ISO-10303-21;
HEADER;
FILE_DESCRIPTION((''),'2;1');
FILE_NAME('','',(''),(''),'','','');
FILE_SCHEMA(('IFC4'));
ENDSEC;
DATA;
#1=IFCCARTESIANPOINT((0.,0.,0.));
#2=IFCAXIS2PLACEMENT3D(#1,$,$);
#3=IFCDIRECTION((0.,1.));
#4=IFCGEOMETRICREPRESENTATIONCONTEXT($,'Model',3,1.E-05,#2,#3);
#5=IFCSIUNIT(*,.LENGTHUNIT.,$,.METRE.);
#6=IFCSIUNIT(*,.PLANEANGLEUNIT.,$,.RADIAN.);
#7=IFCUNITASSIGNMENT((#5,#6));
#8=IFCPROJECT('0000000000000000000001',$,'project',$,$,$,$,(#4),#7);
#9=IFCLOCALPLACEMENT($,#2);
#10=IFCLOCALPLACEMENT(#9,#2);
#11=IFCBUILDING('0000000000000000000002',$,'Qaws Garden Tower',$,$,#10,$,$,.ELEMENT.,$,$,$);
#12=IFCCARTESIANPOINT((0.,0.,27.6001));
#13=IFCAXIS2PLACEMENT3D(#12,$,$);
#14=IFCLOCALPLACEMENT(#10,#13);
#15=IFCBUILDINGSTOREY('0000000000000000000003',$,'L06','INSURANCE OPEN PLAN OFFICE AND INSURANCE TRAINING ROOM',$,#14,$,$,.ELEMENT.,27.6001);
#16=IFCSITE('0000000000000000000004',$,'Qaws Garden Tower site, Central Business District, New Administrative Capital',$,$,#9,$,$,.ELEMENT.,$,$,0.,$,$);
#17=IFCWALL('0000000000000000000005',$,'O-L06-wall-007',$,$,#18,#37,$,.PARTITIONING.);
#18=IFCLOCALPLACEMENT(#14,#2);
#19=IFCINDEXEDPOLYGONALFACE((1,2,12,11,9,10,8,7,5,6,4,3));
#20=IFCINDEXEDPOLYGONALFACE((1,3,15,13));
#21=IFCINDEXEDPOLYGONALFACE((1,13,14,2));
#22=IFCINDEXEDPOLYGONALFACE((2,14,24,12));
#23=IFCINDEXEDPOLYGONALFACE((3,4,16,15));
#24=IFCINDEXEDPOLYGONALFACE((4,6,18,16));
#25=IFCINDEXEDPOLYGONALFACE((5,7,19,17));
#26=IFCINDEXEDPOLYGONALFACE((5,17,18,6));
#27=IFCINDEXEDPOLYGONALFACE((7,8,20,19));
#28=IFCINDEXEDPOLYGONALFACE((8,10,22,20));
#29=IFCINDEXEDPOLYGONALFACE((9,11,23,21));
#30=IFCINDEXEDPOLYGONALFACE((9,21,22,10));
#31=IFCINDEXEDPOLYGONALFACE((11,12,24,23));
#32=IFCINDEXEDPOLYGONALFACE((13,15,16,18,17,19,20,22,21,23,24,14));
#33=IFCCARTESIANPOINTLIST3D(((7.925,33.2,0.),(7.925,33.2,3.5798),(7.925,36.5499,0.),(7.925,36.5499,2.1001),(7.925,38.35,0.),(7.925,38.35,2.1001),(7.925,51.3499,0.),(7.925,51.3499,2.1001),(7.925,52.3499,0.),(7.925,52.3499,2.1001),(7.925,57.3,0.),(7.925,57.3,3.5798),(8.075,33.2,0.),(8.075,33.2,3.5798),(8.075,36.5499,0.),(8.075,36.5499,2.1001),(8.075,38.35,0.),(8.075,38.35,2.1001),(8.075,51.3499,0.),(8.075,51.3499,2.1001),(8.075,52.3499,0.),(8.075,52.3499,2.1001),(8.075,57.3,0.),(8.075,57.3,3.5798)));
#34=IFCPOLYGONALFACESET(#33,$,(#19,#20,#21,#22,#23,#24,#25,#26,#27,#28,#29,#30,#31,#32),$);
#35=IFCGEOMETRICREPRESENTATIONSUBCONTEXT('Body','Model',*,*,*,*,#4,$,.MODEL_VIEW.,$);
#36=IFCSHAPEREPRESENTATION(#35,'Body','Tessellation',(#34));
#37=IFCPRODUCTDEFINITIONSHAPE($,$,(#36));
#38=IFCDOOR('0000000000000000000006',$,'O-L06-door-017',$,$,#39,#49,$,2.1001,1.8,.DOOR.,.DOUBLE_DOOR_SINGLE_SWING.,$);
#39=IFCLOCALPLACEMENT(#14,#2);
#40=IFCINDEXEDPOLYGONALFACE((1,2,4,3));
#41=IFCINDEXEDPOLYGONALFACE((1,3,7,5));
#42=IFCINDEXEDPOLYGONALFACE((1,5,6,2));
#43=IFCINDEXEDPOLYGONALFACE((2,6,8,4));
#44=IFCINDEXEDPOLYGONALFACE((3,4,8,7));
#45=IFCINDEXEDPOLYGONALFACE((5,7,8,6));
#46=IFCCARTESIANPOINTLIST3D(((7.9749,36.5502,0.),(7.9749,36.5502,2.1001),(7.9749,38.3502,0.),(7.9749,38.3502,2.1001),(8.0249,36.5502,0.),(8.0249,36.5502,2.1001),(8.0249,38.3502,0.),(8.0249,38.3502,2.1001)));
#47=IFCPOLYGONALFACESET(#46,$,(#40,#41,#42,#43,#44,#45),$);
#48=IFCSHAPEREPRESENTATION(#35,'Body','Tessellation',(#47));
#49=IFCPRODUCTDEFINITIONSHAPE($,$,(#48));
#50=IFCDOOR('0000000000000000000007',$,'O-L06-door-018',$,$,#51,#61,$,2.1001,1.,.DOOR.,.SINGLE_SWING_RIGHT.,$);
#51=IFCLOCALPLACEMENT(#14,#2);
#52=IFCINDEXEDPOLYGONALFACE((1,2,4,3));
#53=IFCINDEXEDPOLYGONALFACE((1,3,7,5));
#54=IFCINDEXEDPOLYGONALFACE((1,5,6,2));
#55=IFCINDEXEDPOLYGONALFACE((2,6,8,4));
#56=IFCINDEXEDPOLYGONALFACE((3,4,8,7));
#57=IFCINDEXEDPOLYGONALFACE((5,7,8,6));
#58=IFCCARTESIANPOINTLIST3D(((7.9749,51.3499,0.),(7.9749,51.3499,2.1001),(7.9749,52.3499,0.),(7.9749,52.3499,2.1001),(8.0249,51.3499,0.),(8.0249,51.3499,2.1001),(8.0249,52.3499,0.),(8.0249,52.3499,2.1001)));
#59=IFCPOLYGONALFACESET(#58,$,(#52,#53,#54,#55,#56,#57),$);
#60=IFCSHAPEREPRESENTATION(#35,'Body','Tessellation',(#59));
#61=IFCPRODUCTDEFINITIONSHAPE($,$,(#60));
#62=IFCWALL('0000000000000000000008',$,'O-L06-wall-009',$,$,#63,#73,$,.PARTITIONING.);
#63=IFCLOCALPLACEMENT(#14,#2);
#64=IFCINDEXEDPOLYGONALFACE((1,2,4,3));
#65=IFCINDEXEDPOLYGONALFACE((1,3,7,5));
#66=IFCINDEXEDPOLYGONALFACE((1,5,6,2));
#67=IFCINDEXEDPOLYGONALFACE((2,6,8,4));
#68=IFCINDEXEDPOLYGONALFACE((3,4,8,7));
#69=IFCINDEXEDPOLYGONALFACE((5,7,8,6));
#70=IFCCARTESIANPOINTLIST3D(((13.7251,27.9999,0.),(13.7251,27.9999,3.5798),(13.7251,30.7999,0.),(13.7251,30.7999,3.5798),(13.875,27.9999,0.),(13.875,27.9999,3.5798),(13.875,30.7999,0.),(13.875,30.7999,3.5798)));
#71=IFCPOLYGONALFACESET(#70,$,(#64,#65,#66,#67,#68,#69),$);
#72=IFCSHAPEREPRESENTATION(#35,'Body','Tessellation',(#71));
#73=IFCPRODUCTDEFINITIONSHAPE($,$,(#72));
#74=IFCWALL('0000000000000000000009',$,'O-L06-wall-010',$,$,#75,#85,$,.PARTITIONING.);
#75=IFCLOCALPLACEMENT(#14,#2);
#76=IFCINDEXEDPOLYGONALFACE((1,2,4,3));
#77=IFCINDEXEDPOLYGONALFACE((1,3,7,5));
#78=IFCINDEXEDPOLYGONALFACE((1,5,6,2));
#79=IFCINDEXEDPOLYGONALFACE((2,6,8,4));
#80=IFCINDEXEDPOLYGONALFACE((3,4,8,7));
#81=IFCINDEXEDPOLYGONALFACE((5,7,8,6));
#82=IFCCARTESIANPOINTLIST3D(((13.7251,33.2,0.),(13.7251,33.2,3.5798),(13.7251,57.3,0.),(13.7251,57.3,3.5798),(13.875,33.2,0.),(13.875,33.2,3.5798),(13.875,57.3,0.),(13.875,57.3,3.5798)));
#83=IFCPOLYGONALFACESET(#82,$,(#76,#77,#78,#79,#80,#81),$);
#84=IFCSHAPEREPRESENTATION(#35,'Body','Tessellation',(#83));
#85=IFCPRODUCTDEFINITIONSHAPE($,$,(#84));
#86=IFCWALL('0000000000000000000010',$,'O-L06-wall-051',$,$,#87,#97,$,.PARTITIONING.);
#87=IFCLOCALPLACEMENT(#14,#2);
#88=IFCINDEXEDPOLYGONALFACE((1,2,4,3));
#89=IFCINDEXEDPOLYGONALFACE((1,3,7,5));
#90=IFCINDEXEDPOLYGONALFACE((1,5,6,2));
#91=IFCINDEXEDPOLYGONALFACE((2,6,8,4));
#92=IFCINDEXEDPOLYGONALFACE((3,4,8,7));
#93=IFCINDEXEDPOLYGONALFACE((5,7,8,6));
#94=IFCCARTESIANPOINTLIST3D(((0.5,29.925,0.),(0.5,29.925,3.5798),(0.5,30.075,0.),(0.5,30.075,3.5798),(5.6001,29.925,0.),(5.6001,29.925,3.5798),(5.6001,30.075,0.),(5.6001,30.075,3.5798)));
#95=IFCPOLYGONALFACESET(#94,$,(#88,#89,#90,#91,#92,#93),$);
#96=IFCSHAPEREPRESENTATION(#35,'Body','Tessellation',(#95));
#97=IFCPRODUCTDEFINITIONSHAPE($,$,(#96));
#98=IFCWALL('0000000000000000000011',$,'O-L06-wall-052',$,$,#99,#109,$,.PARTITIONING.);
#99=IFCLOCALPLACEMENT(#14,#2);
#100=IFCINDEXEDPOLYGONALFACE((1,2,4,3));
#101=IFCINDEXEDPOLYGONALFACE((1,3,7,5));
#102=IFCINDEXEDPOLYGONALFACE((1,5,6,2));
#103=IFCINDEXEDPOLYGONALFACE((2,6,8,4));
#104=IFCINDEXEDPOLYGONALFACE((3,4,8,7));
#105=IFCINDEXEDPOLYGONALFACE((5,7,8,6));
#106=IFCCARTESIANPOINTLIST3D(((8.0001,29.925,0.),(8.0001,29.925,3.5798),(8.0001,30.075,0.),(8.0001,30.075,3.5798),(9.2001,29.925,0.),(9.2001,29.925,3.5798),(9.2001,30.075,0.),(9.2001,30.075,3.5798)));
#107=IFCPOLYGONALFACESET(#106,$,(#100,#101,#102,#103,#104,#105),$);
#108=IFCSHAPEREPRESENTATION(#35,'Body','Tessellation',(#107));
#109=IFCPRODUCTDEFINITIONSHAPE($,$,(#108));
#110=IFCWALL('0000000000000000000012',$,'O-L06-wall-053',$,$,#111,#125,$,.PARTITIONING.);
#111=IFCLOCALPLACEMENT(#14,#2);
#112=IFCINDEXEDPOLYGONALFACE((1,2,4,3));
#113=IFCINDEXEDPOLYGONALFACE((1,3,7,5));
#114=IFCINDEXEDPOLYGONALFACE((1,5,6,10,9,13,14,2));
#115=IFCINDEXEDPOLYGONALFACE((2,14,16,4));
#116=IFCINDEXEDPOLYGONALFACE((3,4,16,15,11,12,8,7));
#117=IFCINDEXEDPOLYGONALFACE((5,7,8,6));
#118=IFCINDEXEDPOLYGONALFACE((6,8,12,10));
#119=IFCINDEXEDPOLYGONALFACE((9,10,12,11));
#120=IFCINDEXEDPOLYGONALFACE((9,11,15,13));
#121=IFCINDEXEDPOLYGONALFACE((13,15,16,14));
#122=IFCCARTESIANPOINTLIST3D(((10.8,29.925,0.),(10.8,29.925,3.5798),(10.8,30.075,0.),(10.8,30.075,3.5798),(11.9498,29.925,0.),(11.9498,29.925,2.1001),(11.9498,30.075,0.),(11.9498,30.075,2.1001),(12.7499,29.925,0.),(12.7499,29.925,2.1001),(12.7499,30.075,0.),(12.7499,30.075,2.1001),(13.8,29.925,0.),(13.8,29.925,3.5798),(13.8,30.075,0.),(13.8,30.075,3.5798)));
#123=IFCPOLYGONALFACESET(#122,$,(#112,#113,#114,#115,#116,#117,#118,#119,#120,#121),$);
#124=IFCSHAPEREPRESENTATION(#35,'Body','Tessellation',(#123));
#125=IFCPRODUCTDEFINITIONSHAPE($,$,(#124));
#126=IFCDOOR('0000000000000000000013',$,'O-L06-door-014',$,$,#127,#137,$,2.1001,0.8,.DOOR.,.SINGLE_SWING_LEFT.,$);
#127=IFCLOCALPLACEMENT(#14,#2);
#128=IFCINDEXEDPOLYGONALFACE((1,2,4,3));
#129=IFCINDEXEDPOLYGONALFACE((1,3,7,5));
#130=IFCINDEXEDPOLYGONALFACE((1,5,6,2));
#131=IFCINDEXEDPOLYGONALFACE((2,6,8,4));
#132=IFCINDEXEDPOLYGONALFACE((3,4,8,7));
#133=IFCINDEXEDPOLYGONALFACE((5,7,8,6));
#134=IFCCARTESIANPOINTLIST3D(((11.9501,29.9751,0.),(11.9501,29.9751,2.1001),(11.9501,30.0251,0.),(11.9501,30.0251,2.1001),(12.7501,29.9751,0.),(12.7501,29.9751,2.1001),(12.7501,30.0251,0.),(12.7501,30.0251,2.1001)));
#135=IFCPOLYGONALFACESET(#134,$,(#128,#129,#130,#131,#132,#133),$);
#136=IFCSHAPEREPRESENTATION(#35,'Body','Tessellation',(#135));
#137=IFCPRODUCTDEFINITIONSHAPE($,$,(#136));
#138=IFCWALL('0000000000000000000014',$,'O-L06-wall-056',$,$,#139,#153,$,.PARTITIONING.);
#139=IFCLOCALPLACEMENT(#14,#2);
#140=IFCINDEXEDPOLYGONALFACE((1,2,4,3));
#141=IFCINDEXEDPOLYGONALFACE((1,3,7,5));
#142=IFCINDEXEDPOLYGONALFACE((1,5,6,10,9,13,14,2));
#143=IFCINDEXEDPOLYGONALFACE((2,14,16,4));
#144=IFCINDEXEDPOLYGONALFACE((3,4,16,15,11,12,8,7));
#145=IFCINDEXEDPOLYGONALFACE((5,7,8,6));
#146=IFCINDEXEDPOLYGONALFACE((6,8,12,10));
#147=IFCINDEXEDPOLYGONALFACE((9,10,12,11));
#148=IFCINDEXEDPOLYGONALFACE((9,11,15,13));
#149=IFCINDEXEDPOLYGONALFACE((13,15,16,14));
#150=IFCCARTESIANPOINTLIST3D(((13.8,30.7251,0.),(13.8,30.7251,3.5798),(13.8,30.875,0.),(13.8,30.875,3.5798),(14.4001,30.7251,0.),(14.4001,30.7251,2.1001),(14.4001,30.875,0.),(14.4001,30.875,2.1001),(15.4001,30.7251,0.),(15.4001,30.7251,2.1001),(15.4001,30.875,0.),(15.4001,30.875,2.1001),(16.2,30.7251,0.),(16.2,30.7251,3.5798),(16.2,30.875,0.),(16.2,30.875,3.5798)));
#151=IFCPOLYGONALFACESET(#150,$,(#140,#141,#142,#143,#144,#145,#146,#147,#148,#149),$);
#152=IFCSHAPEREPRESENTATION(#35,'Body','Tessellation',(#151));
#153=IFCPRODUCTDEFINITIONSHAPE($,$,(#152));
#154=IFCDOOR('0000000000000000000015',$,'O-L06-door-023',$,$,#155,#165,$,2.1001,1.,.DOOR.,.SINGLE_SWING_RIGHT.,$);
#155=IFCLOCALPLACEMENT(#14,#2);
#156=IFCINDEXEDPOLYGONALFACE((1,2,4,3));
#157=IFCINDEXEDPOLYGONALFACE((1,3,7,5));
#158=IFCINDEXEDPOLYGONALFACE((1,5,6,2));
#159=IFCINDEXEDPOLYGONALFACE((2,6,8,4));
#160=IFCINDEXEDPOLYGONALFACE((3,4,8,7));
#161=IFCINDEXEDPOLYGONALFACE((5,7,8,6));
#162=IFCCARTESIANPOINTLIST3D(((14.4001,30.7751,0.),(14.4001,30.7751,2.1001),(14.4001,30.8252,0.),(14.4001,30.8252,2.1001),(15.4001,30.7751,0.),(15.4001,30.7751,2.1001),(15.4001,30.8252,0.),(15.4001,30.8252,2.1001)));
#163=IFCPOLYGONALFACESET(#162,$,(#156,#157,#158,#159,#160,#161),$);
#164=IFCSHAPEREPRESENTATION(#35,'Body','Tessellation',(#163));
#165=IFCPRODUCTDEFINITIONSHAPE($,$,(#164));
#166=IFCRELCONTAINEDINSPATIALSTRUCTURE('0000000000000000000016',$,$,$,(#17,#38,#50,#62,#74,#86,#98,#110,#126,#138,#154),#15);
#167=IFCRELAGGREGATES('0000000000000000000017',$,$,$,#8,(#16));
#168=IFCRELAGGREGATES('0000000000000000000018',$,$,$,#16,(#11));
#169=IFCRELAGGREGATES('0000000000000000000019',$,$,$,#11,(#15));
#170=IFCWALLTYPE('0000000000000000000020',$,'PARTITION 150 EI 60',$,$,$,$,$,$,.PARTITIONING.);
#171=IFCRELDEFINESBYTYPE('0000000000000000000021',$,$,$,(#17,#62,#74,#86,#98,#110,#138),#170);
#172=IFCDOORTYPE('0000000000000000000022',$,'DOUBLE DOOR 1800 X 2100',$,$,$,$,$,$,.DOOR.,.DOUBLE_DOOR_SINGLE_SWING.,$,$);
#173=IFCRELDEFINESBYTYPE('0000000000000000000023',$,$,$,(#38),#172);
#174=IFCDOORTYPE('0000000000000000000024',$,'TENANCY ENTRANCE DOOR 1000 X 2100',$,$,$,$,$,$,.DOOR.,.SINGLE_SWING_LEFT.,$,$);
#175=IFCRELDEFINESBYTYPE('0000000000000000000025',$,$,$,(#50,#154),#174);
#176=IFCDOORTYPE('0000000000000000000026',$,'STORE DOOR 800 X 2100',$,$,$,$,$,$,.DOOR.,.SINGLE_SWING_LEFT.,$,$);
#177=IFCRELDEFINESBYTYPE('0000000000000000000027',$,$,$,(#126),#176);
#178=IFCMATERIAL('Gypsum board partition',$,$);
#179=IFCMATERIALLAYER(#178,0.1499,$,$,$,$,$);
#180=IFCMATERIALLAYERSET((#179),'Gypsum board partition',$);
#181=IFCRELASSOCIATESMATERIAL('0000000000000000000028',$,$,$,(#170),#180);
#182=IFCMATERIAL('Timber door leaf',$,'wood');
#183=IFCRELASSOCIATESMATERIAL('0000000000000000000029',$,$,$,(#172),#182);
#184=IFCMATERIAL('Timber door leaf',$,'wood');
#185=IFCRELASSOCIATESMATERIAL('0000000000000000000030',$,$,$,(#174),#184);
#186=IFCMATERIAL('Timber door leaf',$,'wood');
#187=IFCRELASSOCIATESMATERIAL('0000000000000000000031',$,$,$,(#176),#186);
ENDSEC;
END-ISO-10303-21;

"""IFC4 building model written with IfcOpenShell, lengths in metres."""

from ifc_helpers import new_model, si_unit, direction, frame, frame_2d, origin, place, context, subcontext, project, spatial, rectangle, extrude, material, layer, layer_set, type_object, element, fill, save


model = new_model("IFC4")

# Units and contexts
model_context = context("Model", 3, precision=1e-05, world=origin(), true_north=direction((0.0, 1.0)))
body_context = subcontext(model_context, "Body", "Model", "MODEL_VIEW")
ifc_project = project(units=[si_unit("LENGTHUNIT", "METRE"), si_unit("PLANEANGLEUNIT", "RADIAN")], contexts=[model_context])

# Site, building, storey
site_placement = place(None, origin())
site = spatial("IfcSite", under=ifc_project, at=site_placement, Name="Qaws Garden Tower site, Central Business District, New Administrative Capital", CompositionType="ELEMENT", RefElevation=0.0)
building_placement = place(site_placement, origin())
building = spatial("IfcBuilding", under=site, at=building_placement, Name="Qaws Garden Tower", CompositionType="ELEMENT")
storey_placement = place(building_placement, frame((0.0, 0.0, 27.6001)))
storey = spatial("IfcBuildingStorey", under=building, at=storey_placement, Name="L06", Description="INSURANCE OPEN PLAN OFFICE AND INSURANCE TRAINING ROOM", CompositionType="ELEMENT", Elevation=27.6001)

# Wall, openings, doors
ifc_material_1 = material(Name="Gypsum board partition")
ifc_layer_1 = layer(ifc_material_1, 0.1499)
ifc_layer_set_1 = layer_set([ifc_layer_1], Name="Gypsum board partition")
wall_type_1 = type_object("IfcWallType", Name="PARTITION 150 EI 60", PredefinedType="PARTITIONING", material=ifc_layer_set_1)
wall_1_placement = place(storey_placement, frame((8.0, 33.2, 0.0), z_axis=(0.0, 0.0, 1.0), x_axis=(0.0, 1.0, 0.0)))
wall_1 = element("IfcWall", 1, at=wall_1_placement, inside=storey, type_object=wall_type_1, Name="O-L06-wall-007", PredefinedType="PARTITIONING", context=body_context, shape_type="SweptSolid", body=[
    extrude(rectangle(XDim=24.1001, YDim=0.1499, at=frame_2d((12.05, 0.0))), origin(), (0.0, 0.0, 1.0), 3.5798),
])
opening_1_placement = place(wall_1_placement, frame((3.3501, 0.0, 0.0)))
opening_1 = element("IfcOpeningElement", 2, at=opening_1_placement, cuts=wall_1, PredefinedType="OPENING", context=body_context, shape_type="SweptSolid", body=[
    extrude(rectangle(XDim=1.8, YDim=2.1001, at=frame_2d((0.8999, 1.05))), frame((0.0, 0.085, 0.0), z_axis=(0.0, -1.0, 0.0), x_axis=(1.0, 0.0, 0.0)), (0.0, 0.0, 1.0), 0.1699),
])
opening_2_placement = place(wall_1_placement, frame((18.1499, 0.0, 0.0)))
opening_2 = element("IfcOpeningElement", 3, at=opening_2_placement, cuts=wall_1, PredefinedType="OPENING", context=body_context, shape_type="SweptSolid", body=[
    extrude(rectangle(XDim=1.0, YDim=2.1001, at=frame_2d((0.5, 1.05))), frame((0.0, 0.085, 0.0), z_axis=(0.0, -1.0, 0.0), x_axis=(1.0, 0.0, 0.0)), (0.0, 0.0, 1.0), 0.1699),
])
ifc_material_2 = material(Name="Timber door leaf", Category="wood")
door_type_1 = type_object("IfcDoorType", Name="DOUBLE DOOR 1800 X 2100", OperationType="DOUBLE_DOOR_SINGLE_SWING", PredefinedType="DOOR", material=ifc_material_2)
door_1_placement = place(opening_1_placement, frame((1.8, 0.0, 0.0), z_axis=(0.0, 0.0, 1.0), x_axis=(-1.0, 0.0, 0.0)))
door_1 = element("IfcDoor", 4, at=door_1_placement, inside=storey, type_object=door_type_1, Name="O-L06-door-017", OperationType="DOUBLE_DOOR_SINGLE_SWING", OverallHeight=2.1001, OverallWidth=1.8, PredefinedType="DOOR", context=body_context, shape_type="SweptSolid", body=[
    extrude(rectangle(XDim=1.8, YDim=2.1001, at=frame_2d((0.8999, 1.05))), frame((0.0, 0.0249, 0.0), z_axis=(0.0, -1.0, 0.0), x_axis=(1.0, 0.0, 0.0)), (0.0, 0.0, 1.0), 0.05),
])
fill(opening_1, door_1)
ifc_material_3 = material(Name="Timber door leaf", Category="wood")
door_type_2 = type_object("IfcDoorType", Name="TENANCY ENTRANCE DOOR 1000 X 2100", OperationType="SINGLE_SWING_LEFT", PredefinedType="DOOR", material=ifc_material_3)
door_2_placement = place(opening_2_placement, frame((1.0, 0.0, 0.0), z_axis=(0.0, 0.0, 1.0), x_axis=(-1.0, 0.0, 0.0)))
door_2 = element("IfcDoor", 5, at=door_2_placement, inside=storey, type_object=door_type_2, Name="O-L06-door-018", OperationType="SINGLE_SWING_RIGHT", OverallHeight=2.1001, OverallWidth=1.0, PredefinedType="DOOR", context=body_context, shape_type="SweptSolid", body=[
    extrude(rectangle(XDim=1.0, YDim=2.1001, at=frame_2d((0.5, 1.05))), frame((0.0, 0.0249, 0.0), z_axis=(0.0, -1.0, 0.0), x_axis=(1.0, 0.0, 0.0)), (0.0, 0.0, 1.0), 0.05),
])
fill(opening_2, door_2)

# Walls
wall_2_placement = place(storey_placement, frame((13.8, 28.0, 0.0), z_axis=(0.0, 0.0, 1.0), x_axis=(0.0, 1.0, 0.0)))
element("IfcWall", 6, at=wall_2_placement, inside=storey, type_object=wall_type_1, Name="O-L06-wall-009", PredefinedType="PARTITIONING", context=body_context, shape_type="SweptSolid", body=[
    extrude(rectangle(XDim=2.8, YDim=0.1499, at=frame_2d((1.3999, 0.0))), origin(), (0.0, 0.0, 1.0), 3.5798),
])
wall_3_placement = place(storey_placement, frame((13.8, 33.2, 0.0), z_axis=(0.0, 0.0, 1.0), x_axis=(0.0, 1.0, 0.0)))
element("IfcWall", 7, at=wall_3_placement, inside=storey, type_object=wall_type_1, Name="O-L06-wall-010", PredefinedType="PARTITIONING", context=body_context, shape_type="SweptSolid", body=[
    extrude(rectangle(XDim=24.1001, YDim=0.1499, at=frame_2d((12.05, 0.0))), origin(), (0.0, 0.0, 1.0), 3.5798),
])
wall_4_placement = place(storey_placement, frame((0.5, 30.0, 0.0), z_axis=(0.0, 0.0, 1.0), x_axis=(1.0, 0.0, 0.0)))
element("IfcWall", 8, at=wall_4_placement, inside=storey, type_object=wall_type_1, Name="O-L06-wall-051", PredefinedType="PARTITIONING", context=body_context, shape_type="SweptSolid", body=[
    extrude(rectangle(XDim=5.1001, YDim=0.1499, at=frame_2d((2.55, 0.0))), origin(), (0.0, 0.0, 1.0), 3.5798),
])
wall_5_placement = place(storey_placement, frame((8.0, 30.0, 0.0), z_axis=(0.0, 0.0, 1.0), x_axis=(1.0, 0.0, 0.0)))
element("IfcWall", 9, at=wall_5_placement, inside=storey, type_object=wall_type_1, Name="O-L06-wall-052", PredefinedType="PARTITIONING", context=body_context, shape_type="SweptSolid", body=[
    extrude(rectangle(XDim=1.2, YDim=0.1499, at=frame_2d((0.6001, 0.0))), origin(), (0.0, 0.0, 1.0), 3.5798),
])

# Walls, openings, doors
wall_6_placement = place(storey_placement, frame((10.8, 30.0, 0.0), z_axis=(0.0, 0.0, 1.0), x_axis=(1.0, 0.0, 0.0)))
wall_6 = element("IfcWall", 10, at=wall_6_placement, inside=storey, type_object=wall_type_1, Name="O-L06-wall-053", PredefinedType="PARTITIONING", context=body_context, shape_type="SweptSolid", body=[
    extrude(rectangle(XDim=3.0, YDim=0.1499, at=frame_2d((1.5, 0.0))), origin(), (0.0, 0.0, 1.0), 3.5798),
])
opening_3_placement = place(wall_6_placement, frame((1.1499, 0.0, 0.0)))
opening_3 = element("IfcOpeningElement", 11, at=opening_3_placement, cuts=wall_6, PredefinedType="OPENING", context=body_context, shape_type="SweptSolid", body=[
    extrude(rectangle(XDim=0.8, YDim=2.1001, at=frame_2d((0.3999, 1.05))), frame((0.0, 0.085, 0.0), z_axis=(0.0, -1.0, 0.0), x_axis=(1.0, 0.0, 0.0)), (0.0, 0.0, 1.0), 0.1699),
])
ifc_material_4 = material(Name="Timber door leaf", Category="wood")
door_type_3 = type_object("IfcDoorType", Name="STORE DOOR 800 X 2100", OperationType="SINGLE_SWING_LEFT", PredefinedType="DOOR", material=ifc_material_4)
door_3_placement = place(opening_3_placement, frame((0.8, 0.0, 0.0), z_axis=(0.0, 0.0, 1.0), x_axis=(-1.0, 0.0, 0.0)))
door_3 = element("IfcDoor", 12, at=door_3_placement, inside=storey, type_object=door_type_3, Name="O-L06-door-014", OperationType="SINGLE_SWING_LEFT", OverallHeight=2.1001, OverallWidth=0.8, PredefinedType="DOOR", context=body_context, shape_type="SweptSolid", body=[
    extrude(rectangle(XDim=0.8, YDim=2.1001, at=frame_2d((0.3999, 1.05))), frame((0.0, 0.0249, 0.0), z_axis=(0.0, -1.0, 0.0), x_axis=(1.0, 0.0, 0.0)), (0.0, 0.0, 1.0), 0.05),
])
fill(opening_3, door_3)
wall_7_placement = place(storey_placement, frame((13.8, 30.8, 0.0), z_axis=(0.0, 0.0, 1.0), x_axis=(1.0, 0.0, 0.0)))
wall_7 = element("IfcWall", 13, at=wall_7_placement, inside=storey, type_object=wall_type_1, Name="O-L06-wall-056", PredefinedType="PARTITIONING", context=body_context, shape_type="SweptSolid", body=[
    extrude(rectangle(XDim=2.3999, YDim=0.1499, at=frame_2d((1.2, 0.0))), origin(), (0.0, 0.0, 1.0), 3.5798),
])
opening_4_placement = place(wall_7_placement, frame((0.6001, 0.0, 0.0)))
opening_4 = element("IfcOpeningElement", 14, at=opening_4_placement, cuts=wall_7, PredefinedType="OPENING", context=body_context, shape_type="SweptSolid", body=[
    extrude(rectangle(XDim=1.0, YDim=2.1001, at=frame_2d((0.5, 1.05))), frame((0.0, 0.085, 0.0), z_axis=(0.0, -1.0, 0.0), x_axis=(1.0, 0.0, 0.0)), (0.0, 0.0, 1.0), 0.1699),
])
door_4_placement = place(opening_4_placement, frame((1.0, 0.0, 0.0), z_axis=(0.0, 0.0, 1.0), x_axis=(-1.0, 0.0, 0.0)))
door_4 = element("IfcDoor", 15, at=door_4_placement, inside=storey, type_object=door_type_2, Name="O-L06-door-023", OperationType="SINGLE_SWING_RIGHT", OverallHeight=2.1001, OverallWidth=1.0, PredefinedType="DOOR", context=body_context, shape_type="SweptSolid", body=[
    extrude(rectangle(XDim=1.0, YDim=2.1001, at=frame_2d((0.5, 1.05))), frame((0.0, 0.0249, 0.0), z_axis=(0.0, -1.0, 0.0), x_axis=(1.0, 0.0, 0.0)), (0.0, 0.0, 1.0), 0.05),
])
fill(opening_4, door_4)

save(model, "model.ifc")
